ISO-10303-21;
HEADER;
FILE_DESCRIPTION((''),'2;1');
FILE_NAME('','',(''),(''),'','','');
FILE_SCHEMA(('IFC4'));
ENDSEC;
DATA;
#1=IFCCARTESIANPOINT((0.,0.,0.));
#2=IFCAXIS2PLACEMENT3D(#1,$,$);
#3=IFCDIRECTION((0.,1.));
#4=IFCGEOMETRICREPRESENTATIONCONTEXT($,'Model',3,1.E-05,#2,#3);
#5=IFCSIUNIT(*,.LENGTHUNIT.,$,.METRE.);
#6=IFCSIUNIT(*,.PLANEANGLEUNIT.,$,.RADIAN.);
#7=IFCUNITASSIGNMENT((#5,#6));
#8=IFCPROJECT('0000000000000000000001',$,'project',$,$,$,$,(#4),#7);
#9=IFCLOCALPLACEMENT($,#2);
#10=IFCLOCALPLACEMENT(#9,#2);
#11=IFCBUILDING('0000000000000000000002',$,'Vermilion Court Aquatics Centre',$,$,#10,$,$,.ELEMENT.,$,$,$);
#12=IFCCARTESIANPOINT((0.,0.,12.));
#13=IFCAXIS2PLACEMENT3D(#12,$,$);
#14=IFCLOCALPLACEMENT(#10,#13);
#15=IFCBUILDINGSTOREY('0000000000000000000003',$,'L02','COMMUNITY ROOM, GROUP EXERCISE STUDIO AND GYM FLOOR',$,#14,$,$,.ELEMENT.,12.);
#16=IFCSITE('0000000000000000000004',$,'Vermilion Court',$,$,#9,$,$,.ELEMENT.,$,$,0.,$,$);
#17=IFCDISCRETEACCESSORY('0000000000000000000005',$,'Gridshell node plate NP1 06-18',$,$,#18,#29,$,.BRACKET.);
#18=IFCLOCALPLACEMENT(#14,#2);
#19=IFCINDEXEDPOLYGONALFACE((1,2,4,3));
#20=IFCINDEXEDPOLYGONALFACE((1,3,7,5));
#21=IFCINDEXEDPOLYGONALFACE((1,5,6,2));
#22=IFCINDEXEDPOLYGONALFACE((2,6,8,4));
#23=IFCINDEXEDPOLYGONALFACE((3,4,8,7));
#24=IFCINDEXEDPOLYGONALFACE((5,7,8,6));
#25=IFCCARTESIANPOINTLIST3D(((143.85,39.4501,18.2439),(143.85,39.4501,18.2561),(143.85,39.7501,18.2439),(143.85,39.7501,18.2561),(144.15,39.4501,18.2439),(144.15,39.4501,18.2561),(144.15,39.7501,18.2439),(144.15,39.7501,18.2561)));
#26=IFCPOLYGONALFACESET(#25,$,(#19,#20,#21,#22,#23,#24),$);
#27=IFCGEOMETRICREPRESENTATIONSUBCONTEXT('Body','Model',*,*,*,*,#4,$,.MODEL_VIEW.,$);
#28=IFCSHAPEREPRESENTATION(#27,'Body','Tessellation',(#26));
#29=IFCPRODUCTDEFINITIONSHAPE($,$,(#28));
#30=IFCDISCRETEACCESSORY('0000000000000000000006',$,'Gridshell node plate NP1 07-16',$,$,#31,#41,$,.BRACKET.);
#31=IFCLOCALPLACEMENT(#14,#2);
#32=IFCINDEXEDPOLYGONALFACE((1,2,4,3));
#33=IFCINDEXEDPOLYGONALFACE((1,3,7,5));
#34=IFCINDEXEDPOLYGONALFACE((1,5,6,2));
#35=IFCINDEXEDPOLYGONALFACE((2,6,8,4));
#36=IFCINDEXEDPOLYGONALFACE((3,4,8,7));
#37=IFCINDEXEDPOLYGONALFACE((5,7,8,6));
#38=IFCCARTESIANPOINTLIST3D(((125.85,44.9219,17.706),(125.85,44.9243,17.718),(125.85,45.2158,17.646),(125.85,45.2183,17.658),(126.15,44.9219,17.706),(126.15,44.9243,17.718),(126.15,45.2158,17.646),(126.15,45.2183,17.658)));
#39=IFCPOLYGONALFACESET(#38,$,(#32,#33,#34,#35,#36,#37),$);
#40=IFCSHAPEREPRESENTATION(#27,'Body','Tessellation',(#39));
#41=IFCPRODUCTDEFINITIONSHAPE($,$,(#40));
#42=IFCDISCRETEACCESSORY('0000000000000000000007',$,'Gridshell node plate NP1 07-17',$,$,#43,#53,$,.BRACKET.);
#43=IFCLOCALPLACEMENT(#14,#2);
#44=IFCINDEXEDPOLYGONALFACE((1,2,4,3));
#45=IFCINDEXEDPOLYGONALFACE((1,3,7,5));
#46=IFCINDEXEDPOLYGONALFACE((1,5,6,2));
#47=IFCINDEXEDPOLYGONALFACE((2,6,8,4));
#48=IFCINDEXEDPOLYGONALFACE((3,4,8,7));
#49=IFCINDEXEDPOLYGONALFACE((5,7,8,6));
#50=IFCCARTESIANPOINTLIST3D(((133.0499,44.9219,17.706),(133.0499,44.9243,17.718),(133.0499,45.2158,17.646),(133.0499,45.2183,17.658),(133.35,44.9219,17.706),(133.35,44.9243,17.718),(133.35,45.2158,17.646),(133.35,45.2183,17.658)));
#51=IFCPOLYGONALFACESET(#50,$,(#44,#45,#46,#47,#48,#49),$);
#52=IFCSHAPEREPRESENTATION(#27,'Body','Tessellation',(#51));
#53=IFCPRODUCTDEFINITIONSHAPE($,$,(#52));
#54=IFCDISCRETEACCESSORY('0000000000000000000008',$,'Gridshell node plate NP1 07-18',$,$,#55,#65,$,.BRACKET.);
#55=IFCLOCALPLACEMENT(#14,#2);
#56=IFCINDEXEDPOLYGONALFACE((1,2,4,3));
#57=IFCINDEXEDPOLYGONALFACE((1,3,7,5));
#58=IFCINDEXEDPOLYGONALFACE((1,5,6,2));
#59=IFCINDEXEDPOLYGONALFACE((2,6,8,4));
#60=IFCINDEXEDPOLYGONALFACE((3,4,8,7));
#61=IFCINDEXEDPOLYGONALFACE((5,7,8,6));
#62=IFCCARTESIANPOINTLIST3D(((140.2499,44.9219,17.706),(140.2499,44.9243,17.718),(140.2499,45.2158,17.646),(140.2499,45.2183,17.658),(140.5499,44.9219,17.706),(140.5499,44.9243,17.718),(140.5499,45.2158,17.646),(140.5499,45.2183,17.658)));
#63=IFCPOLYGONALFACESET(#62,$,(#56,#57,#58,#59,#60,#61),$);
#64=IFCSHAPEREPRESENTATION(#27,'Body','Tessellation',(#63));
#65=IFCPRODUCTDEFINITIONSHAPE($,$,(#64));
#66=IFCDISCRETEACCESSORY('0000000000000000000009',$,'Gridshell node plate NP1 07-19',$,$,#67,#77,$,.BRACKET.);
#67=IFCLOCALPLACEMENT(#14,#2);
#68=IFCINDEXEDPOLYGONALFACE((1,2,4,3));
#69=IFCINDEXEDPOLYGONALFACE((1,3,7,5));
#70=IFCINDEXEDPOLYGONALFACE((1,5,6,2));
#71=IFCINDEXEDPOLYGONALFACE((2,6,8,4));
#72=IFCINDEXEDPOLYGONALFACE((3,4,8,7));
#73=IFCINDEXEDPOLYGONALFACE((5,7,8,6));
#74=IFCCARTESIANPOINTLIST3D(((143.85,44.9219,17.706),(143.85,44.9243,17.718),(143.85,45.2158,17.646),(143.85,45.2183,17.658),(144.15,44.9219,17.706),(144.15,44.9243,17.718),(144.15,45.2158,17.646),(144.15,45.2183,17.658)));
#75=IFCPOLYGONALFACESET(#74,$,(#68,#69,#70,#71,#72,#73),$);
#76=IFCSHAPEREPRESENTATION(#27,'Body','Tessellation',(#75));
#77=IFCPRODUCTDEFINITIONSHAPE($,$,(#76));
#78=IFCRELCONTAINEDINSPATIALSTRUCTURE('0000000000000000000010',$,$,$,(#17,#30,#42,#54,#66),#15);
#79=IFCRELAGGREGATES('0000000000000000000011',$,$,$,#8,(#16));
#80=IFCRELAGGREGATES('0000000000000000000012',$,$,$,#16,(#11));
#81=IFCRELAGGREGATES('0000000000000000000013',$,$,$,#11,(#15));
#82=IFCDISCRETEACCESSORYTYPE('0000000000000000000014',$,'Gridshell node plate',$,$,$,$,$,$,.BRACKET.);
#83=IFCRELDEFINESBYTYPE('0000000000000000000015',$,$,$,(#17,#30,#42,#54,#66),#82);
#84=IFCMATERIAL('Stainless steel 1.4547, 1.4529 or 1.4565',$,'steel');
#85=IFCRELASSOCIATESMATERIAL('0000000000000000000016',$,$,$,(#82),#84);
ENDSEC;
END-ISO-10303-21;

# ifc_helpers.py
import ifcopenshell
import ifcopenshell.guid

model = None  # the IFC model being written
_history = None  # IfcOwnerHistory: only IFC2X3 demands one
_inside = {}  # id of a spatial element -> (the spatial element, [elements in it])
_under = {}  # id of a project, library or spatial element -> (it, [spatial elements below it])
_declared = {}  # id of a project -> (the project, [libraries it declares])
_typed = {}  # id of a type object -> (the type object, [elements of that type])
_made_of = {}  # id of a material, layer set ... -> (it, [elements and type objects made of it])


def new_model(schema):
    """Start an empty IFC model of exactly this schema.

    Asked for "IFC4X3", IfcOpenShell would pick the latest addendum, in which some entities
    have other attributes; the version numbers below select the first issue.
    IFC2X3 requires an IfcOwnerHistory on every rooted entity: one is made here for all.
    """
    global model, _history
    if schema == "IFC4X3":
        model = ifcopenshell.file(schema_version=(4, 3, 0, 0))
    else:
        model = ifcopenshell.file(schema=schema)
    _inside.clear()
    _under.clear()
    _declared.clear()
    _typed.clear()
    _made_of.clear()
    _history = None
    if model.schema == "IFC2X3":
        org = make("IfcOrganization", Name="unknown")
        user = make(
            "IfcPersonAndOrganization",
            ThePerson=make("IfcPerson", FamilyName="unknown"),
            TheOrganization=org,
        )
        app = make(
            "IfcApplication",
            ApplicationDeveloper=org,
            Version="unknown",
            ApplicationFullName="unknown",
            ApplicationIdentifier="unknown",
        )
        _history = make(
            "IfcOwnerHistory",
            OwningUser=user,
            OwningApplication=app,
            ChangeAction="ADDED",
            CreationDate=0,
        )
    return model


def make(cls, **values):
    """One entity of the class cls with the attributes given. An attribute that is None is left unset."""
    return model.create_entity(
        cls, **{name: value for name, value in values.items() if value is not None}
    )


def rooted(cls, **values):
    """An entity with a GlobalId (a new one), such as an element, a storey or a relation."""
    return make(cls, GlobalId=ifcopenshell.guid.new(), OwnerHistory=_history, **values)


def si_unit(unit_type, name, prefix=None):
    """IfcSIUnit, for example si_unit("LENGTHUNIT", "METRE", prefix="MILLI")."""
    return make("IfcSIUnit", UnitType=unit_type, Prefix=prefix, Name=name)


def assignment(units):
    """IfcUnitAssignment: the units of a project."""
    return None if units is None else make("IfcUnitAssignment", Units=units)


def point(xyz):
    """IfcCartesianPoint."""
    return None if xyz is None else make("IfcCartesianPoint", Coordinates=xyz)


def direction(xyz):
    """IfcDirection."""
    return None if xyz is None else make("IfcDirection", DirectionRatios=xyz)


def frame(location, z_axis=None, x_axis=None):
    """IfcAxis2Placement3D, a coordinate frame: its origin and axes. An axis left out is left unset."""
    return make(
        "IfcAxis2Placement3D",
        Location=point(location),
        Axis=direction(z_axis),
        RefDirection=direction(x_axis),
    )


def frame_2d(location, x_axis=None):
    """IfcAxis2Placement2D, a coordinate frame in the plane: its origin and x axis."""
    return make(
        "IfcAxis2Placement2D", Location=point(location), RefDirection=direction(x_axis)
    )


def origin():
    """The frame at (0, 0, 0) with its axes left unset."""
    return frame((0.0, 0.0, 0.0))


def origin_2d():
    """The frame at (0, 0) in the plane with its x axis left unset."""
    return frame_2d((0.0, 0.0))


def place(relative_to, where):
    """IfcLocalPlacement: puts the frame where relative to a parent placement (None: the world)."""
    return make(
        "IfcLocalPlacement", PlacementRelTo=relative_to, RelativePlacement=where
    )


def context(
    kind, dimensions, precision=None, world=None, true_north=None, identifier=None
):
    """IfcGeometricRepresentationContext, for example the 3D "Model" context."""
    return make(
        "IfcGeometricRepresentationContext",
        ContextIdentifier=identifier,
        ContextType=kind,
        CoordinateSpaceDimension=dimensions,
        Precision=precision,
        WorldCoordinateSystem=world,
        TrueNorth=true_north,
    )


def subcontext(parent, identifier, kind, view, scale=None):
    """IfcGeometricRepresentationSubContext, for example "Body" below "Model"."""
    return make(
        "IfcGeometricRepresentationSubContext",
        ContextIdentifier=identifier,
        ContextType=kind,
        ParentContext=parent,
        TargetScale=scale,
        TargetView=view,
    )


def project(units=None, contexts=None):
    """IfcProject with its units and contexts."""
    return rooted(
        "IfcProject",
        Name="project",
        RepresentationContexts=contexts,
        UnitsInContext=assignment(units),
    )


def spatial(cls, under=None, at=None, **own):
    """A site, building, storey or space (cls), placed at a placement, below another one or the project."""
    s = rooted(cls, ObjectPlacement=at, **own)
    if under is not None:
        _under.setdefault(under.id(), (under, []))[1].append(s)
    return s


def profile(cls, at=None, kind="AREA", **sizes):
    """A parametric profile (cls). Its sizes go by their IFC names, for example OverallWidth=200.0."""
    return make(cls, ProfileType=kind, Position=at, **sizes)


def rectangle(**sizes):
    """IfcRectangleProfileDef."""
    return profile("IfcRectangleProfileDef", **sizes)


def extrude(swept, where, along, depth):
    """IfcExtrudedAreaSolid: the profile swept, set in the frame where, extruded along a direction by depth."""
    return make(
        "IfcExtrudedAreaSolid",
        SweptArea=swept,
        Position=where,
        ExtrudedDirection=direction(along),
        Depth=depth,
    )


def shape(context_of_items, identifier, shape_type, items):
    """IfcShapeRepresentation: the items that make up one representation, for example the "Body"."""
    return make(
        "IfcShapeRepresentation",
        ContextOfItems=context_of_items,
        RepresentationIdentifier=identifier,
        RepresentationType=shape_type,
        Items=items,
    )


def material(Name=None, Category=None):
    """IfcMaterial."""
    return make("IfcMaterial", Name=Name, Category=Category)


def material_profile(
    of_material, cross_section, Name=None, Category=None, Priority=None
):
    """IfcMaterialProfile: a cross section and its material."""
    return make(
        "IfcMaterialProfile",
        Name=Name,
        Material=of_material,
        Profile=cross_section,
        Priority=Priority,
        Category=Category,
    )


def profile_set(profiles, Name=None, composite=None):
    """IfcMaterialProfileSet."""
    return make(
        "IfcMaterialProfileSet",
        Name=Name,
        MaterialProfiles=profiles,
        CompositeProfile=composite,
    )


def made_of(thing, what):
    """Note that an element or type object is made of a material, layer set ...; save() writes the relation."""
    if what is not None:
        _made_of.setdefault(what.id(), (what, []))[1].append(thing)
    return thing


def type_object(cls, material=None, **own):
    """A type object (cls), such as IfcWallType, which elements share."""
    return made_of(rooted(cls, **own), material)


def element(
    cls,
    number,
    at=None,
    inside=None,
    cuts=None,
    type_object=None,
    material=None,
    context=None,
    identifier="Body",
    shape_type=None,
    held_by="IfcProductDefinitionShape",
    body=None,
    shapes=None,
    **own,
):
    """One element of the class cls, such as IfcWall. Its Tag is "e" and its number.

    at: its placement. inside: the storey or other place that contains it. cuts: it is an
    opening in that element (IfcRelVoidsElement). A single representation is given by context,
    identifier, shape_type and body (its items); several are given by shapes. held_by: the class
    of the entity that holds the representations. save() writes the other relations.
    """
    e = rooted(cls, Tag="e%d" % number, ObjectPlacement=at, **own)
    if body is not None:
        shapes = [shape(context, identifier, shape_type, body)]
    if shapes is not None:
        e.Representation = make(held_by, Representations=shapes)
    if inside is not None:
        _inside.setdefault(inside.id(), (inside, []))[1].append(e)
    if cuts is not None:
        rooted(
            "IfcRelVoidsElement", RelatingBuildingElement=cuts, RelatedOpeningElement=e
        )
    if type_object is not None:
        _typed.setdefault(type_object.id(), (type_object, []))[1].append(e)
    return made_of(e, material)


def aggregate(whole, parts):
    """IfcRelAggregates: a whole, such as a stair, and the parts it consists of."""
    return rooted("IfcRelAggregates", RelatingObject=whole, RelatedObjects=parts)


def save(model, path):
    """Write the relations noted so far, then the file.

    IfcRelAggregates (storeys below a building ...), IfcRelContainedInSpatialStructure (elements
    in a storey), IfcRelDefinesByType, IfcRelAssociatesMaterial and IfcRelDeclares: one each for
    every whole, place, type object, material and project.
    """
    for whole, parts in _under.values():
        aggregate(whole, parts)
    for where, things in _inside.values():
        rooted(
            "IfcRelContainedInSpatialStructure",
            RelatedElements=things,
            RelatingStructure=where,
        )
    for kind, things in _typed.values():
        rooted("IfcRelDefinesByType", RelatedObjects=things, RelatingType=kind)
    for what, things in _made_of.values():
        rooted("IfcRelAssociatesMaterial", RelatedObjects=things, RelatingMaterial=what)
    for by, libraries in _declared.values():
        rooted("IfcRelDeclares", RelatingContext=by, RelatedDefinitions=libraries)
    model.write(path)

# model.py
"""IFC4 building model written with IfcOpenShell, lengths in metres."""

from ifc_helpers import new_model, si_unit, direction, frame, origin, origin_2d, place, context, subcontext, project, spatial, rectangle, extrude, material, material_profile, profile_set, type_object, element, save


model = new_model("IFC4")

# Units and contexts
model_context = context("Model", 3, precision=1e-05, world=origin(), true_north=direction((0.0, 1.0)))
body_context = subcontext(model_context, "Body", "Model", "MODEL_VIEW")
ifc_project = project(units=[si_unit("LENGTHUNIT", "METRE"), si_unit("PLANEANGLEUNIT", "RADIAN")], contexts=[model_context])

# Site, building, storey
site_placement = place(None, origin())
site = spatial("IfcSite", under=ifc_project, at=site_placement, Name="Vermilion Court", CompositionType="ELEMENT", RefElevation=0.0)
building_placement = place(site_placement, origin())
building = spatial("IfcBuilding", under=site, at=building_placement, Name="Vermilion Court Aquatics Centre", CompositionType="ELEMENT")
storey_placement = place(building_placement, frame((0.0, 0.0, 12.0)))
storey = spatial("IfcBuildingStorey", under=building, at=storey_placement, Name="L02", Description="COMMUNITY ROOM, GROUP EXERCISE STUDIO AND GYM FLOOR", CompositionType="ELEMENT", Elevation=12.0)

# Discrete accessories
ifc_material_1 = material(Name="Stainless steel 1.4547, 1.4529 or 1.4565", Category="steel")
ifc_material_profile_1 = material_profile(ifc_material_1, rectangle(XDim=0.3, YDim=0.3, at=origin_2d()), Name="PL 12 x 300 x 300")
ifc_profile_set_1 = profile_set([ifc_material_profile_1], Name="Stainless steel 1.4547, 1.4529 or 1.4565")
discrete_accessory_type = type_object("IfcDiscreteAccessoryType", Name="Gridshell node plate", PredefinedType="BRACKET", material=ifc_profile_set_1)
for number, where, z_axis, x_axis, name in (
    (1, (144.0, 39.6001, 18.2439), (0.0, 0.0, 1.0), (1.0, 0.0, 0.0), "Gridshell node plate NP1 06-18"),
    (2, (126.0, 45.0688, 17.676), (0.0, 0.19996, 0.979804), (-1.0, 0.0, 0.0), "Gridshell node plate NP1 07-16"),
    (3, (133.2, 45.0688, 17.676), (0.0, 0.19996, 0.979804), (-1.0, 0.0, 0.0), "Gridshell node plate NP1 07-17"),
    (4, (140.3999, 45.0688, 17.676), (0.0, 0.19996, 0.979804), (-1.0, 0.0, 0.0), "Gridshell node plate NP1 07-18"),
    (5, (144.0, 45.0688, 17.676), (0.0, 0.19996, 0.979804), (-1.0, 0.0, 0.0), "Gridshell node plate NP1 07-19"),
):
    element("IfcDiscreteAccessory", number, at=place(storey_placement, frame(where, z_axis=z_axis, x_axis=x_axis)), inside=storey, type_object=discrete_accessory_type, Name=name, PredefinedType="BRACKET", context=body_context, shape_type="SweptSolid", body=[
        extrude(rectangle(XDim=0.3, YDim=0.3, at=origin_2d()), origin(), (0.0, 0.0, 1.0), 0.0122),
    ])

save(model, "model.ifc")
